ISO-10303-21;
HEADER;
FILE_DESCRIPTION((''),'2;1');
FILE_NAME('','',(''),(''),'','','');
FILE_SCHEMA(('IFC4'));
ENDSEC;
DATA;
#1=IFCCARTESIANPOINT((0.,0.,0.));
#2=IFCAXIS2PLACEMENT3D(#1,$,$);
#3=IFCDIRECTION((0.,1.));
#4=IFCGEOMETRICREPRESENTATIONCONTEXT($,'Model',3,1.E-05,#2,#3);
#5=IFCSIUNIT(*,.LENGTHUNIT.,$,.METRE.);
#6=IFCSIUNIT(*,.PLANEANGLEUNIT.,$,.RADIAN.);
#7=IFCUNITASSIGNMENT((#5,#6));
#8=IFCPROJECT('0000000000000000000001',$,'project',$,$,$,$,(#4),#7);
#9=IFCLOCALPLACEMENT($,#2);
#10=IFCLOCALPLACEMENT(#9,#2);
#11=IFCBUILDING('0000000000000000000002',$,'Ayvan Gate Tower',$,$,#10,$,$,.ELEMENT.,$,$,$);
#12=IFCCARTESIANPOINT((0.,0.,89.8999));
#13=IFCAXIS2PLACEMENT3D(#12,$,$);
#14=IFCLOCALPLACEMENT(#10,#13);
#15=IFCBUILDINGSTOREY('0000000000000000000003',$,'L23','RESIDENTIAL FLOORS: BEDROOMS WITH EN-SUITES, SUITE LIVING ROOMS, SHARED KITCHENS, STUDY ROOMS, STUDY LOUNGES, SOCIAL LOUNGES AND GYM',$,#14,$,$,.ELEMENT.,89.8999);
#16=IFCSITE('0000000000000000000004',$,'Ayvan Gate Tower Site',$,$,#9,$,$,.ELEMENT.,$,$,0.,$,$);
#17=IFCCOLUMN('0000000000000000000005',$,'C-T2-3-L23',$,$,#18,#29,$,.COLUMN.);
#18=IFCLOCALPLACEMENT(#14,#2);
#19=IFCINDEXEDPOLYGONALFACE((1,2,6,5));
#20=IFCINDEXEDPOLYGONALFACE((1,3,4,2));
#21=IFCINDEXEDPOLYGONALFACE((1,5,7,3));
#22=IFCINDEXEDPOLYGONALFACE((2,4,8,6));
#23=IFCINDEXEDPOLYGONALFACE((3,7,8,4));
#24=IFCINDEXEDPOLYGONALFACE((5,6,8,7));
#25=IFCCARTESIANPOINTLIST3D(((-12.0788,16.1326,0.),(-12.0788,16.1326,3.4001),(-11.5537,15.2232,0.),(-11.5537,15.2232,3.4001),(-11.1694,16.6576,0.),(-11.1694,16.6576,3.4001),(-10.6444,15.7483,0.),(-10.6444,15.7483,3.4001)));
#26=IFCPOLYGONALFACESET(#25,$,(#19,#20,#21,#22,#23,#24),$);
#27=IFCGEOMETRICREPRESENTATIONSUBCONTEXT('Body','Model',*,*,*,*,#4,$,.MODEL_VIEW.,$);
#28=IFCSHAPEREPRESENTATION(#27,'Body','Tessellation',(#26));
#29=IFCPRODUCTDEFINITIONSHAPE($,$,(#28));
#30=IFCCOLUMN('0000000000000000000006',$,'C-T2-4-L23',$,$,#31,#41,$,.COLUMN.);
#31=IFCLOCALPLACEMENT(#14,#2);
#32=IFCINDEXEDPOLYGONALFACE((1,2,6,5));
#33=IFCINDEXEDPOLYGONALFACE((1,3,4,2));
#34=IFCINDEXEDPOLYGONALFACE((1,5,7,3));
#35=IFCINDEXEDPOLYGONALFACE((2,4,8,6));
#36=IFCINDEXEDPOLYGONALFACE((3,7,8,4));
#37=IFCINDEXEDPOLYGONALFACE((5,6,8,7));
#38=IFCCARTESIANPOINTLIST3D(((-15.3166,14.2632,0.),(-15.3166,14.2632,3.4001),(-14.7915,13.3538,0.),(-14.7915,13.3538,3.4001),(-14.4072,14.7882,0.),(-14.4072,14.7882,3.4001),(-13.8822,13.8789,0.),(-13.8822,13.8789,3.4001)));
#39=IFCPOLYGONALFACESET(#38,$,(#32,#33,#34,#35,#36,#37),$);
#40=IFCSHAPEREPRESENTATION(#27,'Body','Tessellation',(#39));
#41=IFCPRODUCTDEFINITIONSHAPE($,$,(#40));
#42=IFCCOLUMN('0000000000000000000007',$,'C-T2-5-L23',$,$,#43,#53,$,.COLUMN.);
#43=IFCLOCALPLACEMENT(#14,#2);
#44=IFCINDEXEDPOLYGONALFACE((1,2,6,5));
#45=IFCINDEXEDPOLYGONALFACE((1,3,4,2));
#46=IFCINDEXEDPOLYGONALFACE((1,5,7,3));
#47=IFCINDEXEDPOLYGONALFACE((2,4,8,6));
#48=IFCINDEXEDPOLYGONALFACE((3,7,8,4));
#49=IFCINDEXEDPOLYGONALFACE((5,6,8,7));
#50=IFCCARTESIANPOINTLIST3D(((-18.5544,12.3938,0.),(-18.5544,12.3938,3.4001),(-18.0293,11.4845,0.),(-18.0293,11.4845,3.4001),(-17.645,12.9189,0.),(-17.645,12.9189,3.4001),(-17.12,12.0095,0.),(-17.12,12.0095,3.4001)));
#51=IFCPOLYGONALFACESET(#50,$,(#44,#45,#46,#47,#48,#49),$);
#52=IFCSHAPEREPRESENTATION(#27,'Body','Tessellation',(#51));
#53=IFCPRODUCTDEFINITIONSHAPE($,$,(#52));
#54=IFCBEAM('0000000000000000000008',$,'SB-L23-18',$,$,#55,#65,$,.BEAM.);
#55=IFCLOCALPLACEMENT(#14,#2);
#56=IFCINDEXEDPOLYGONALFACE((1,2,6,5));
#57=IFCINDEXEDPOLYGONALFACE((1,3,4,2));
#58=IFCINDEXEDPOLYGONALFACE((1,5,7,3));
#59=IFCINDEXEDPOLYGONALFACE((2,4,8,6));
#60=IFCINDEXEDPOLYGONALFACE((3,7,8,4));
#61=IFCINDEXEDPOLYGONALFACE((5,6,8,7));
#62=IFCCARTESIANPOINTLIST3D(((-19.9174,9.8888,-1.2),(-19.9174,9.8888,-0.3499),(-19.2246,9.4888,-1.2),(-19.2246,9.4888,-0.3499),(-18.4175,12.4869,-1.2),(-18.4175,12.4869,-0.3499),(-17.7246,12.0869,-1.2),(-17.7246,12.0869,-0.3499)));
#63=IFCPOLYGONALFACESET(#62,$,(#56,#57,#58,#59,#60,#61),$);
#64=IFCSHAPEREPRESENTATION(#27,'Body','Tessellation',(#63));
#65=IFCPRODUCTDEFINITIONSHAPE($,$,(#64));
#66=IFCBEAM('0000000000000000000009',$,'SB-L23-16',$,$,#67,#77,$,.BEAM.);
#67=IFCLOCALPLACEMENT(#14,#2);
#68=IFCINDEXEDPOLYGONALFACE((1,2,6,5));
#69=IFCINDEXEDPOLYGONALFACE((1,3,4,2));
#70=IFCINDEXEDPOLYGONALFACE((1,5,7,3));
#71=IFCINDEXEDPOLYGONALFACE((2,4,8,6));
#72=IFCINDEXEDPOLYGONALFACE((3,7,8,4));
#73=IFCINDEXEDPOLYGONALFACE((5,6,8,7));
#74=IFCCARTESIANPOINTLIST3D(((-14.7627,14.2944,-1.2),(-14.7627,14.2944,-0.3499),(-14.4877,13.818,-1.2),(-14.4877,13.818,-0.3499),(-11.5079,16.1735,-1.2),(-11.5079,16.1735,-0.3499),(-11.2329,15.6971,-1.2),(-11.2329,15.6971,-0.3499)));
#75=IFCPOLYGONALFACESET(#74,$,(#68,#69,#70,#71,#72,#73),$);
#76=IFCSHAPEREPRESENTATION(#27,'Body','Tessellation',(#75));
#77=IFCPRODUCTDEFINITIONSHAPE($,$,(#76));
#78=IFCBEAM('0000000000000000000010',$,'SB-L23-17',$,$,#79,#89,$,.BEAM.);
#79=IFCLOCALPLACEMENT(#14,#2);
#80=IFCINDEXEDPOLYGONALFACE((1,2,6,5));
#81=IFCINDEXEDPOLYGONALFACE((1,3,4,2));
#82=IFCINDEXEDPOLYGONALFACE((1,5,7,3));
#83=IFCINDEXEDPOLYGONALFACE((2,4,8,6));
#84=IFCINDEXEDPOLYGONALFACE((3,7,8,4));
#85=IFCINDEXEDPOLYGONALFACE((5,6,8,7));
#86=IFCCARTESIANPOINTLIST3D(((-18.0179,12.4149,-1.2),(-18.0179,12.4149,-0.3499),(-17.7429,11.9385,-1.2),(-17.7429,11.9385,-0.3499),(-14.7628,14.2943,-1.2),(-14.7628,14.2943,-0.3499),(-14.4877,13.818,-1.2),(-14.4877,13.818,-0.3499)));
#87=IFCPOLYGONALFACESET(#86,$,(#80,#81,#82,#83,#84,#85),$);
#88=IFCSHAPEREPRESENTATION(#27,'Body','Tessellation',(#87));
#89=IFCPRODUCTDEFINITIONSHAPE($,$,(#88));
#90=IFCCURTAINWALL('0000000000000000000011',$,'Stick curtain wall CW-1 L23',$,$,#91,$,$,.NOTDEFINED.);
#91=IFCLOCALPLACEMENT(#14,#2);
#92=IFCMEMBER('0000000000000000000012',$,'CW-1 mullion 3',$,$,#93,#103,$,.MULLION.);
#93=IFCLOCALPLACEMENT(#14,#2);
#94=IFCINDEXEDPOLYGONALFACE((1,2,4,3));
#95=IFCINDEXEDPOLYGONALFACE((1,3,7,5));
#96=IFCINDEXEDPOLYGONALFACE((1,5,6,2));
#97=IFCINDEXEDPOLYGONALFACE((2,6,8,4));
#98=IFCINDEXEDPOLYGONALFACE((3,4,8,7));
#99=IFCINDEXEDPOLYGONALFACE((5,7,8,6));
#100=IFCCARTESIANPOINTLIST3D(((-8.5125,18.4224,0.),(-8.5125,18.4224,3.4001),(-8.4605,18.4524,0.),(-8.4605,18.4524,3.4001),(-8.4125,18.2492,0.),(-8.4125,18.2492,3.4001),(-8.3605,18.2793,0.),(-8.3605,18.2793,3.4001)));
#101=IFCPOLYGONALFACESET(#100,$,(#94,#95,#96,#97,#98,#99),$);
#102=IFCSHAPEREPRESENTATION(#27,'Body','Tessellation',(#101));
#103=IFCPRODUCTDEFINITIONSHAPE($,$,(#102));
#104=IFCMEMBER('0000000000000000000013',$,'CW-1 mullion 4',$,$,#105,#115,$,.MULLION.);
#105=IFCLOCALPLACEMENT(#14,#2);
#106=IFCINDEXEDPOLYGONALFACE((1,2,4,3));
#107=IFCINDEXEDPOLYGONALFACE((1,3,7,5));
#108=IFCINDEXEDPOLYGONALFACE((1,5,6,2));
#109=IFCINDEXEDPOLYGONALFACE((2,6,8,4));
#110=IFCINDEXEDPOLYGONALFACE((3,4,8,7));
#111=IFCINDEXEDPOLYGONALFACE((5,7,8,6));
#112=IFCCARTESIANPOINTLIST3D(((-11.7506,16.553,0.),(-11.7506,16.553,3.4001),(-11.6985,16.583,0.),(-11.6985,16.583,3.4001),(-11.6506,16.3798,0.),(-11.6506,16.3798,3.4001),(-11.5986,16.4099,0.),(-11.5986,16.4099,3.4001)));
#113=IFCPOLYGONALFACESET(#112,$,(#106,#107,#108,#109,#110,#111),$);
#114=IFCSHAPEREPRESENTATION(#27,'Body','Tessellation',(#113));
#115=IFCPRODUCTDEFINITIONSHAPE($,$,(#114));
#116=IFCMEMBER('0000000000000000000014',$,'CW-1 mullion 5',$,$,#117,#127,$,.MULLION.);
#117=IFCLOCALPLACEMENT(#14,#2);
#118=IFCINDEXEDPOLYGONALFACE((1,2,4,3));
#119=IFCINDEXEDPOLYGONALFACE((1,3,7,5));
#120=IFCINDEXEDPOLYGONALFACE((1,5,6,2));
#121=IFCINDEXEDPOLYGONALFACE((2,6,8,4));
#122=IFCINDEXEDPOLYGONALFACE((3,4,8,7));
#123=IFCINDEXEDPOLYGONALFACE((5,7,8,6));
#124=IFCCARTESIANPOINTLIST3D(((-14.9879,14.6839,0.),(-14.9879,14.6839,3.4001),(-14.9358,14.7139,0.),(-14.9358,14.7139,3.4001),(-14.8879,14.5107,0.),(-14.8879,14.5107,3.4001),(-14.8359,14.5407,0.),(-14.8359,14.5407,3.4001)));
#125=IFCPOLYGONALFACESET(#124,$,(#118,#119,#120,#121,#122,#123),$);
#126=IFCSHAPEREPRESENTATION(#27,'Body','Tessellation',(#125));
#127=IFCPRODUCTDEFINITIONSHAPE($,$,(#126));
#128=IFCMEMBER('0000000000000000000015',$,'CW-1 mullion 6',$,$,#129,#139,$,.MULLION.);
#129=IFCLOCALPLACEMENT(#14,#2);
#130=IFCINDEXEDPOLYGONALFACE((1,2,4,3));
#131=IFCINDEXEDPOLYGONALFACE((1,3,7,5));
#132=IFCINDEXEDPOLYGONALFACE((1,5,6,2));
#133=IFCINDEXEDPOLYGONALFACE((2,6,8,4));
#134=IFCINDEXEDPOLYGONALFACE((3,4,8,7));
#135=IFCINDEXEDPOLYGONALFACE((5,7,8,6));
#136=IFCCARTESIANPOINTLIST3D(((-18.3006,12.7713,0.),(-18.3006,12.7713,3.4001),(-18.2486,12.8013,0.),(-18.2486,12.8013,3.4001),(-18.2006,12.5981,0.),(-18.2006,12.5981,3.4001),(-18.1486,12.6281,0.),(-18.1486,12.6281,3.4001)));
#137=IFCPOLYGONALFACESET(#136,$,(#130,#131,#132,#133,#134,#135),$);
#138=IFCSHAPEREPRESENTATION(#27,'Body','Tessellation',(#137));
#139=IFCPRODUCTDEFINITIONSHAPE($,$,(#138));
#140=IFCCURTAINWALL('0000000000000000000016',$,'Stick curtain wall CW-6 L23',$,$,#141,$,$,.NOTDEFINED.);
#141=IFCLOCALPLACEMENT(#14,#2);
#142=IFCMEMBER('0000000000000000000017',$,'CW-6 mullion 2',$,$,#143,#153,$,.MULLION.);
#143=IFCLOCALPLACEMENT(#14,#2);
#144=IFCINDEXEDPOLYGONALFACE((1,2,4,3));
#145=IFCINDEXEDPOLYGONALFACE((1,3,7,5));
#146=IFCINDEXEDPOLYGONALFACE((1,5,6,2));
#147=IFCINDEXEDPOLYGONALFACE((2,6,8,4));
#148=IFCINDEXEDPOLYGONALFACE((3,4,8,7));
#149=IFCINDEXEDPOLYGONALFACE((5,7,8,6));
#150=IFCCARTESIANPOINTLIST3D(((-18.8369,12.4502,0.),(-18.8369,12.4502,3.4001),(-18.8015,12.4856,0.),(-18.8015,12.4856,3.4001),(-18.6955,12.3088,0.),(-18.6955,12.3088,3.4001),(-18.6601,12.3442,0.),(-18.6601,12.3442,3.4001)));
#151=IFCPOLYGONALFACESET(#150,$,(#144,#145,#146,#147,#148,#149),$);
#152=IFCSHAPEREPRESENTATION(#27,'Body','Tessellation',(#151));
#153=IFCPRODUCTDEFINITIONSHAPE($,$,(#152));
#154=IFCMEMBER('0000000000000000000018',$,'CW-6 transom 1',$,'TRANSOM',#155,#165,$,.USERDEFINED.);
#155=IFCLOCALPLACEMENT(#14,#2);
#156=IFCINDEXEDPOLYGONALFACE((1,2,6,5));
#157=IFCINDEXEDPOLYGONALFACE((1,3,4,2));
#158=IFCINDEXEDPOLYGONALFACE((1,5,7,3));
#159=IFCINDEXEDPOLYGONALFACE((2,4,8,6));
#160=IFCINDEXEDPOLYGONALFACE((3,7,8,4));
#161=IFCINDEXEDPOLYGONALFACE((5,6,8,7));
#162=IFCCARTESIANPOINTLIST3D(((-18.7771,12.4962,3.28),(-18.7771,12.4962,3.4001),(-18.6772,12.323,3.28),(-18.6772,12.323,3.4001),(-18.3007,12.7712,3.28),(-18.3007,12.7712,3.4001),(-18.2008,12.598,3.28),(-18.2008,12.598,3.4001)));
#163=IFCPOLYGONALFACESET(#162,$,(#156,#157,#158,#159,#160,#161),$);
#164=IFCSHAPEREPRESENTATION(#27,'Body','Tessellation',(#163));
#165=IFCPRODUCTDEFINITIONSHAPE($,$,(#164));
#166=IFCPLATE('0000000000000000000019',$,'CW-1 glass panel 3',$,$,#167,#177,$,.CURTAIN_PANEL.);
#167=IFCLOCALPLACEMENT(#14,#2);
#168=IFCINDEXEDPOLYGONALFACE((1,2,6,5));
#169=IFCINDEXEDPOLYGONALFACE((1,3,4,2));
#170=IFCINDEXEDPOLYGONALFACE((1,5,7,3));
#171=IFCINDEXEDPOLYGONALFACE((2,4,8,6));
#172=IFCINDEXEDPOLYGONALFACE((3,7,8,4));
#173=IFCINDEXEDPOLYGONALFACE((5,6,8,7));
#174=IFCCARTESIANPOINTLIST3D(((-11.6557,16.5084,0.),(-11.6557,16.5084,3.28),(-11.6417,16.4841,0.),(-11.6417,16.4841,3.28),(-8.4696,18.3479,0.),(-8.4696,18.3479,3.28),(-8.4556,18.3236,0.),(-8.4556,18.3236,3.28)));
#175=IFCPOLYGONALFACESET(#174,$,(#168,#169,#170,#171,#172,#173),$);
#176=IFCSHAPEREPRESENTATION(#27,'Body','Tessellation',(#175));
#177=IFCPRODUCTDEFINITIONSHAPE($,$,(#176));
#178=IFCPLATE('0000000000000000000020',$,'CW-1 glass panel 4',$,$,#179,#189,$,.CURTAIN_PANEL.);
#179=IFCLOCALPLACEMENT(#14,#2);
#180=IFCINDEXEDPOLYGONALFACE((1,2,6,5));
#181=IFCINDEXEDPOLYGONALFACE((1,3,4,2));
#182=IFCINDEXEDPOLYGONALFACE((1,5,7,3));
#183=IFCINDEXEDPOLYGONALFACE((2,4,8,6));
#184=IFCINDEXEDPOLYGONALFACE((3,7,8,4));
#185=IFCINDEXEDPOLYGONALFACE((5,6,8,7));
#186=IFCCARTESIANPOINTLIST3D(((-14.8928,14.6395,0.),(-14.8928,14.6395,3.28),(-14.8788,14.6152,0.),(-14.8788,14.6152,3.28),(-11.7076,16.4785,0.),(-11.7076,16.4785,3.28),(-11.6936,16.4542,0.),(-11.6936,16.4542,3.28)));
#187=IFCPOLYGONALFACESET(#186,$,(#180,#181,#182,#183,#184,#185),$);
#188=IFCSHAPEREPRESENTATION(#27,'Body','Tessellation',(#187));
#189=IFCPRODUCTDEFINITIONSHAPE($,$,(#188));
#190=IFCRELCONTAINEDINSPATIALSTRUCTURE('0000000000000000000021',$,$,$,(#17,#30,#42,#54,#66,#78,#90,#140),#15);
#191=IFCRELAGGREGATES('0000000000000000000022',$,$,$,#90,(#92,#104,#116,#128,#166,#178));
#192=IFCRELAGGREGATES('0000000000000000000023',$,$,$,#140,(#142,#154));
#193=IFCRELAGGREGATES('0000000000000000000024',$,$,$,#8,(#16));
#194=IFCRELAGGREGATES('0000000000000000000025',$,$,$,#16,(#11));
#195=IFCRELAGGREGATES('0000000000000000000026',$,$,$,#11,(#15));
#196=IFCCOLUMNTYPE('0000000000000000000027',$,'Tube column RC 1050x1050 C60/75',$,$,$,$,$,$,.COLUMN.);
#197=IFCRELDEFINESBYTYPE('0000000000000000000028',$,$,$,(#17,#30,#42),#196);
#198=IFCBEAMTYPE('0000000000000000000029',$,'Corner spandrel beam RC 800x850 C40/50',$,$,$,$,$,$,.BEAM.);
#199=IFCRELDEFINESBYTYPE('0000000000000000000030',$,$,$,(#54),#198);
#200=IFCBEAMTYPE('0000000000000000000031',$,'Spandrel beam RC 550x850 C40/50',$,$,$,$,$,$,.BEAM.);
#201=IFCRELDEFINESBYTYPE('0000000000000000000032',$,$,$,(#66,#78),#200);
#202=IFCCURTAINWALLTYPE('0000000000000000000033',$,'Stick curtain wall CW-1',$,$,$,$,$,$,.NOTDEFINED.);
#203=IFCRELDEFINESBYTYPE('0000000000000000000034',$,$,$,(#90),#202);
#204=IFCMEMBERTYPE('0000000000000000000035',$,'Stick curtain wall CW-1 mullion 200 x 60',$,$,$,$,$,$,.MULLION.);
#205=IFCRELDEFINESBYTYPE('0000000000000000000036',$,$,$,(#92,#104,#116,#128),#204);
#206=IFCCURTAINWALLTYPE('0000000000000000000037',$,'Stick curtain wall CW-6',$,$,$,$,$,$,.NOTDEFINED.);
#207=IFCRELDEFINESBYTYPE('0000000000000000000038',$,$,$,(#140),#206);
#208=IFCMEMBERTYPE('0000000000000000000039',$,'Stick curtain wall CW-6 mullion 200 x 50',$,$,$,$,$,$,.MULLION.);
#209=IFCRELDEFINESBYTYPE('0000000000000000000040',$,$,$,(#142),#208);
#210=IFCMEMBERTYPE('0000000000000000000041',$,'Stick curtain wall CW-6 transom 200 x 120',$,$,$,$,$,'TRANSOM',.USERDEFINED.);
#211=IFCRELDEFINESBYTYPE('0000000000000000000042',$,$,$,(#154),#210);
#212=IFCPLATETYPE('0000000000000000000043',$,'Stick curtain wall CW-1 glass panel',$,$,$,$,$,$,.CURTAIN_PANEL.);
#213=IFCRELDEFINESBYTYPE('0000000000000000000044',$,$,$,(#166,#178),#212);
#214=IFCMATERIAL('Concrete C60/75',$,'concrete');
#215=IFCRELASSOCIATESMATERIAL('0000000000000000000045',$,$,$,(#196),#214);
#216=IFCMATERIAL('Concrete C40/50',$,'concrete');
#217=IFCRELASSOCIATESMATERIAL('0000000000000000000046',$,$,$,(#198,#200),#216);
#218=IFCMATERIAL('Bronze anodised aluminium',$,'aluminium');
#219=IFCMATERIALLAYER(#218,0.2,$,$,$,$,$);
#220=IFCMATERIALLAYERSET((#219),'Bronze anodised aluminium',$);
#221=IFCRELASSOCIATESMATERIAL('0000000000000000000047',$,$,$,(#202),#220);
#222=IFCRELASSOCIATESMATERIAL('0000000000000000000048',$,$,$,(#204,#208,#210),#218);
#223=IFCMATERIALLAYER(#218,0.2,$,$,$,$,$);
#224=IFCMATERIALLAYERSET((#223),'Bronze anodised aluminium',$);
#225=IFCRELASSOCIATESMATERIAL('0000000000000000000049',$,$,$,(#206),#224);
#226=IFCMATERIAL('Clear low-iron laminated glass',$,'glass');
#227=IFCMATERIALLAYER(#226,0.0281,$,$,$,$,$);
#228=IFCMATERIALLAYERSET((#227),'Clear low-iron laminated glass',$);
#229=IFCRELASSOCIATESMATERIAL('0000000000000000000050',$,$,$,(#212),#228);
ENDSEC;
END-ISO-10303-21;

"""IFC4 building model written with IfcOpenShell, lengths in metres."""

from ifc_helpers import new_model, si_unit, direction, frame, origin, origin_2d, place, context, subcontext, project, spatial, rectangle, extrude, material, layer, layer_set, material_profile, profile_set, type_object, element, aggregate, save


model = new_model("IFC4")

# Units and contexts
model_context = context("Model", 3, precision=1e-05, world=origin(), true_north=direction((0.0, 1.0)))
body_context = subcontext(model_context, "Body", "Model", "MODEL_VIEW")
ifc_project = project(units=[si_unit("LENGTHUNIT", "METRE"), si_unit("PLANEANGLEUNIT", "RADIAN")], contexts=[model_context])

# Site, building, storey
site_placement = place(None, origin())
site = spatial("IfcSite", under=ifc_project, at=site_placement, Name="Ayvan Gate Tower Site", CompositionType="ELEMENT", RefElevation=0.0)
building_placement = place(site_placement, origin())
building = spatial("IfcBuilding", under=site, at=building_placement, Name="Ayvan Gate Tower", CompositionType="ELEMENT")
storey_placement = place(building_placement, frame((0.0, 0.0, 89.8999)))
storey = spatial("IfcBuildingStorey", under=building, at=storey_placement, Name="L23", Description="RESIDENTIAL FLOORS: BEDROOMS WITH EN-SUITES, SUITE LIVING ROOMS, SHARED KITCHENS, STUDY ROOMS, STUDY LOUNGES, SOCIAL LOUNGES AND GYM", CompositionType="ELEMENT", Elevation=89.8999)

# Columns
ifc_material_1 = material(Name="Concrete C60/75", Category="concrete")
ifc_material_profile_1 = material_profile(ifc_material_1, rectangle(XDim=1.05, YDim=1.05, at=origin_2d()), Name="RC 1050x1050")
ifc_profile_set_1 = profile_set([ifc_material_profile_1], Name="Concrete C60/75")
column_type = type_object("IfcColumnType", Name="Tube column RC 1050x1050 C60/75", PredefinedType="COLUMN", material=ifc_profile_set_1)
for number, where, z_axis, x_axis, name in (
    (1, (-11.3616, 15.9404, 0.0), (0.0, 0.0, 1.0), (-0.5, 0.866025, 0.0), "C-T2-3-L23"),
    (2, (-14.5994, 14.071, 0.0), (0.0, 0.0, 1.0), (-0.5, 0.866025, 0.0), "C-T2-4-L23"),
    (3, (-17.8372, 12.2017, 0.0), (0.0, 0.0, 1.0), (-0.5, 0.866025, 0.0), "C-T2-5-L23"),
):
    element("IfcColumn", number, at=place(storey_placement, frame(where, z_axis=z_axis, x_axis=x_axis)), inside=storey, type_object=column_type, Name=name, PredefinedType="COLUMN", context=body_context, shape_type="SweptSolid", body=[
        extrude(rectangle(XDim=1.05, YDim=1.05, at=origin_2d()), origin(), (0.0, 0.0, 1.0), 3.4001),
    ])

# Beams
ifc_material_2 = material(Name="Concrete C40/50", Category="concrete")
ifc_material_profile_2 = material_profile(ifc_material_2, rectangle(XDim=0.8, YDim=0.8501, at=origin_2d()), Name="RC 800x850")
ifc_profile_set_2 = profile_set([ifc_material_profile_2], Name="Concrete C40/50")
beam_type_1 = type_object("IfcBeamType", Name="Corner spandrel beam RC 800x850 C40/50", PredefinedType="BEAM", material=ifc_profile_set_2)
beam_1_placement = place(storey_placement, frame((-18.071, 12.2869, -0.7749), z_axis=(-0.49999, -0.866031, 0.0), x_axis=(0.866031, -0.49999, 0.0)))
element("IfcBeam", 4, at=beam_1_placement, inside=storey, type_object=beam_type_1, Name="SB-L23-18", PredefinedType="BEAM", context=body_context, shape_type="SweptSolid", body=[
    extrude(rectangle(XDim=0.8, YDim=0.8501, at=origin_2d()), origin(), (0.0, 0.0, 1.0), 3.0),
])
ifc_material_profile_3 = material_profile(ifc_material_2, rectangle(XDim=0.55, YDim=0.8501, at=origin_2d()), Name="RC 550x850")
ifc_profile_set_3 = profile_set([ifc_material_profile_3], Name="Concrete C40/50")
beam_type_2 = type_object("IfcBeamType", Name="Spandrel beam RC 550x850 C40/50", PredefinedType="BEAM", material=ifc_profile_set_3)
beam_2_placement = place(storey_placement, frame((-11.3704, 15.9353, -0.7749), z_axis=(-0.866032, -0.499989, 0.0), x_axis=(0.499989, -0.866032, 0.0)))
element("IfcBeam", 5, at=beam_2_placement, inside=storey, type_object=beam_type_2, Name="SB-L23-16", PredefinedType="BEAM", context=body_context, shape_type="SweptSolid", body=[
    extrude(rectangle(XDim=0.55, YDim=0.8501, at=origin_2d()), origin(), (0.0, 0.0, 1.0), 3.7583),
])
beam_3_placement = place(storey_placement, frame((-14.6252, 14.0562, -0.7749), z_axis=(-0.86602, -0.500009, 0.0), x_axis=(0.500009, -0.86602, 0.0)))
element("IfcBeam", 6, at=beam_3_placement, inside=storey, type_object=beam_type_2, Name="SB-L23-17", PredefinedType="BEAM", context=body_context, shape_type="SweptSolid", body=[
    extrude(rectangle(XDim=0.55, YDim=0.8501, at=origin_2d()), origin(), (0.0, 0.0, 1.0), 3.7588),
])

# Curtain walls, members
ifc_material_3 = material(Name="Bronze anodised aluminium", Category="aluminium")
ifc_layer_1 = layer(ifc_material_3, 0.2)
ifc_layer_set_1 = layer_set([ifc_layer_1], Name="Bronze anodised aluminium")
curtain_wall_type_1 = type_object("IfcCurtainWallType", Name="Stick curtain wall CW-1", PredefinedType="NOTDEFINED", material=ifc_layer_set_1)
curtain_wall_1_placement = place(storey_placement, origin())
curtain_wall_1 = element("IfcCurtainWall", 7, at=curtain_wall_1_placement, inside=storey, type_object=curtain_wall_type_1, Name="Stick curtain wall CW-1 L23", PredefinedType="NOTDEFINED")
ifc_material_profile_4 = material_profile(ifc_material_3, rectangle(XDim=0.2, YDim=0.0601, at=origin_2d()), Name="Stick curtain wall CW-1 mullion 200 x 60")
ifc_profile_set_4 = profile_set([ifc_material_profile_4], Name="Bronze anodised aluminium")
member_type_1 = type_object("IfcMemberType", Name="Stick curtain wall CW-1 mullion 200 x 60", PredefinedType="MULLION", material=ifc_profile_set_4)
member_1_placement = place(storey_placement, frame((-8.4365, 18.3508, 0.0), z_axis=(0.0, 0.0, 1.0), x_axis=(-0.5, 0.866025, 0.0)))
member_1 = element("IfcMember", 8, at=member_1_placement, type_object=member_type_1, Name="CW-1 mullion 3", PredefinedType="MULLION", context=body_context, shape_type="SweptSolid", body=[
    extrude(rectangle(XDim=0.2, YDim=0.0601, at=origin_2d()), origin(), (0.0, 0.0, 1.0), 3.4001),
])
member_2_placement = place(storey_placement, frame((-11.6746, 16.4814, 0.0), z_axis=(0.0, 0.0, 1.0), x_axis=(-0.5, 0.866025, 0.0)))
member_2 = element("IfcMember", 9, at=member_2_placement, type_object=member_type_1, Name="CW-1 mullion 4", PredefinedType="MULLION", context=body_context, shape_type="SweptSolid", body=[
    extrude(rectangle(XDim=0.2, YDim=0.0601, at=origin_2d()), origin(), (0.0, 0.0, 1.0), 3.4001),
])
member_3_placement = place(storey_placement, frame((-14.9119, 14.6123, 0.0), z_axis=(0.0, 0.0, 1.0), x_axis=(-0.5, 0.866025, 0.0)))
member_3 = element("IfcMember", 10, at=member_3_placement, type_object=member_type_1, Name="CW-1 mullion 5", PredefinedType="MULLION", context=body_context, shape_type="SweptSolid", body=[
    extrude(rectangle(XDim=0.2, YDim=0.0601, at=origin_2d()), origin(), (0.0, 0.0, 1.0), 3.4001),
])
member_4_placement = place(storey_placement, frame((-18.2246, 12.6997, 0.0), z_axis=(0.0, 0.0, 1.0), x_axis=(-0.5, 0.866025, 0.0)))
member_4 = element("IfcMember", 11, at=member_4_placement, type_object=member_type_1, Name="CW-1 mullion 6", PredefinedType="MULLION", context=body_context, shape_type="SweptSolid", body=[
    extrude(rectangle(XDim=0.2, YDim=0.0601, at=origin_2d()), origin(), (0.0, 0.0, 1.0), 3.4001),
])
ifc_layer_2 = layer(ifc_material_3, 0.2)
ifc_layer_set_2 = layer_set([ifc_layer_2], Name="Bronze anodised aluminium")
curtain_wall_type_2 = type_object("IfcCurtainWallType", Name="Stick curtain wall CW-6", PredefinedType="NOTDEFINED", material=ifc_layer_set_2)
curtain_wall_2_placement = place(storey_placement, origin())
curtain_wall_2 = element("IfcCurtainWall", 12, at=curtain_wall_2_placement, inside=storey, type_object=curtain_wall_type_2, Name="Stick curtain wall CW-6 L23", PredefinedType="NOTDEFINED")
ifc_material_profile_5 = material_profile(ifc_material_3, rectangle(XDim=0.2, YDim=0.05, at=origin_2d()), Name="Stick curtain wall CW-6 mullion 200 x 50")
ifc_profile_set_5 = profile_set([ifc_material_profile_5], Name="Bronze anodised aluminium")
member_type_2 = type_object("IfcMemberType", Name="Stick curtain wall CW-6 mullion 200 x 50", PredefinedType="MULLION", material=ifc_profile_set_5)
member_5_placement = place(storey_placement, frame((-18.7485, 12.3972, 0.0), z_axis=(0.0, 0.0, 1.0), x_axis=(-0.707107, 0.707107, 0.0)))
member_5 = element("IfcMember", 13, at=member_5_placement, type_object=member_type_2, Name="CW-6 mullion 2", PredefinedType="MULLION", context=body_context, shape_type="SweptSolid", body=[
    extrude(rectangle(XDim=0.2, YDim=0.05, at=origin_2d()), origin(), (0.0, 0.0, 1.0), 3.4001),
])
ifc_material_profile_6 = material_profile(ifc_material_3, rectangle(XDim=0.2, YDim=0.1201, at=origin_2d()), Name="Stick curtain wall CW-6 transom 200 x 120")
ifc_profile_set_6 = profile_set([ifc_material_profile_6], Name="Bronze anodised aluminium")
member_type_3 = type_object("IfcMemberType", Name="Stick curtain wall CW-6 transom 200 x 120", ElementType="TRANSOM", PredefinedType="USERDEFINED", material=ifc_profile_set_6)
member_6_placement = place(storey_placement, frame((-18.2507, 12.6846, 3.3401), z_axis=(-0.866104, -0.499863, 0.0), x_axis=(0.499863, -0.866104, 0.0)))
member_6 = element("IfcMember", 14, at=member_6_placement, type_object=member_type_3, Name="CW-6 transom 1", ObjectType="TRANSOM", PredefinedType="USERDEFINED", context=body_context, shape_type="SweptSolid", body=[
    extrude(rectangle(XDim=0.2, YDim=0.1201, at=origin_2d()), origin(), (0.0, 0.0, 1.0), 0.55),
])

# Plates
ifc_material_4 = material(Name="Clear low-iron laminated glass", Category="glass")
ifc_layer_3 = layer(ifc_material_4, 0.0281)
ifc_layer_set_3 = layer_set([ifc_layer_3], Name="Clear low-iron laminated glass")
plate_type_1 = type_object("IfcPlateType", Name="Stick curtain wall CW-1 glass panel", PredefinedType="CURTAIN_PANEL", material=ifc_layer_set_3)
plate_1_placement = place(storey_placement, frame((-10.0557, 17.416, 0.0), z_axis=(0.0, 0.0, 1.0), x_axis=(-0.866025, -0.5, 0.0)))
plate_1 = element("IfcPlate", 15, at=plate_1_placement, type_object=plate_type_1, Name="CW-1 glass panel 3", PredefinedType="CURTAIN_PANEL", context=body_context, shape_type="SweptSolid", body=[
    extrude(rectangle(XDim=3.679, YDim=0.0281, at=origin_2d()), origin(), (0.0, 0.0, 1.0), 3.28),
])
plate_2_placement = place(storey_placement, frame((-13.2932, 15.5469, 0.0), z_axis=(0.0, 0.0, 1.0), x_axis=(-0.866025, -0.5, 0.0)))
plate_2 = element("IfcPlate", 16, at=plate_2_placement, type_object=plate_type_1, Name="CW-1 glass panel 4", PredefinedType="CURTAIN_PANEL", context=body_context, shape_type="SweptSolid", body=[
    extrude(rectangle(XDim=3.678, YDim=0.0281, at=origin_2d()), origin(), (0.0, 0.0, 1.0), 3.28),
])
aggregate(curtain_wall_1, [member_1, member_2, member_3, member_4, plate_1, plate_2])
aggregate(curtain_wall_2, [member_5, member_6])

save(model, "model.ifc")
